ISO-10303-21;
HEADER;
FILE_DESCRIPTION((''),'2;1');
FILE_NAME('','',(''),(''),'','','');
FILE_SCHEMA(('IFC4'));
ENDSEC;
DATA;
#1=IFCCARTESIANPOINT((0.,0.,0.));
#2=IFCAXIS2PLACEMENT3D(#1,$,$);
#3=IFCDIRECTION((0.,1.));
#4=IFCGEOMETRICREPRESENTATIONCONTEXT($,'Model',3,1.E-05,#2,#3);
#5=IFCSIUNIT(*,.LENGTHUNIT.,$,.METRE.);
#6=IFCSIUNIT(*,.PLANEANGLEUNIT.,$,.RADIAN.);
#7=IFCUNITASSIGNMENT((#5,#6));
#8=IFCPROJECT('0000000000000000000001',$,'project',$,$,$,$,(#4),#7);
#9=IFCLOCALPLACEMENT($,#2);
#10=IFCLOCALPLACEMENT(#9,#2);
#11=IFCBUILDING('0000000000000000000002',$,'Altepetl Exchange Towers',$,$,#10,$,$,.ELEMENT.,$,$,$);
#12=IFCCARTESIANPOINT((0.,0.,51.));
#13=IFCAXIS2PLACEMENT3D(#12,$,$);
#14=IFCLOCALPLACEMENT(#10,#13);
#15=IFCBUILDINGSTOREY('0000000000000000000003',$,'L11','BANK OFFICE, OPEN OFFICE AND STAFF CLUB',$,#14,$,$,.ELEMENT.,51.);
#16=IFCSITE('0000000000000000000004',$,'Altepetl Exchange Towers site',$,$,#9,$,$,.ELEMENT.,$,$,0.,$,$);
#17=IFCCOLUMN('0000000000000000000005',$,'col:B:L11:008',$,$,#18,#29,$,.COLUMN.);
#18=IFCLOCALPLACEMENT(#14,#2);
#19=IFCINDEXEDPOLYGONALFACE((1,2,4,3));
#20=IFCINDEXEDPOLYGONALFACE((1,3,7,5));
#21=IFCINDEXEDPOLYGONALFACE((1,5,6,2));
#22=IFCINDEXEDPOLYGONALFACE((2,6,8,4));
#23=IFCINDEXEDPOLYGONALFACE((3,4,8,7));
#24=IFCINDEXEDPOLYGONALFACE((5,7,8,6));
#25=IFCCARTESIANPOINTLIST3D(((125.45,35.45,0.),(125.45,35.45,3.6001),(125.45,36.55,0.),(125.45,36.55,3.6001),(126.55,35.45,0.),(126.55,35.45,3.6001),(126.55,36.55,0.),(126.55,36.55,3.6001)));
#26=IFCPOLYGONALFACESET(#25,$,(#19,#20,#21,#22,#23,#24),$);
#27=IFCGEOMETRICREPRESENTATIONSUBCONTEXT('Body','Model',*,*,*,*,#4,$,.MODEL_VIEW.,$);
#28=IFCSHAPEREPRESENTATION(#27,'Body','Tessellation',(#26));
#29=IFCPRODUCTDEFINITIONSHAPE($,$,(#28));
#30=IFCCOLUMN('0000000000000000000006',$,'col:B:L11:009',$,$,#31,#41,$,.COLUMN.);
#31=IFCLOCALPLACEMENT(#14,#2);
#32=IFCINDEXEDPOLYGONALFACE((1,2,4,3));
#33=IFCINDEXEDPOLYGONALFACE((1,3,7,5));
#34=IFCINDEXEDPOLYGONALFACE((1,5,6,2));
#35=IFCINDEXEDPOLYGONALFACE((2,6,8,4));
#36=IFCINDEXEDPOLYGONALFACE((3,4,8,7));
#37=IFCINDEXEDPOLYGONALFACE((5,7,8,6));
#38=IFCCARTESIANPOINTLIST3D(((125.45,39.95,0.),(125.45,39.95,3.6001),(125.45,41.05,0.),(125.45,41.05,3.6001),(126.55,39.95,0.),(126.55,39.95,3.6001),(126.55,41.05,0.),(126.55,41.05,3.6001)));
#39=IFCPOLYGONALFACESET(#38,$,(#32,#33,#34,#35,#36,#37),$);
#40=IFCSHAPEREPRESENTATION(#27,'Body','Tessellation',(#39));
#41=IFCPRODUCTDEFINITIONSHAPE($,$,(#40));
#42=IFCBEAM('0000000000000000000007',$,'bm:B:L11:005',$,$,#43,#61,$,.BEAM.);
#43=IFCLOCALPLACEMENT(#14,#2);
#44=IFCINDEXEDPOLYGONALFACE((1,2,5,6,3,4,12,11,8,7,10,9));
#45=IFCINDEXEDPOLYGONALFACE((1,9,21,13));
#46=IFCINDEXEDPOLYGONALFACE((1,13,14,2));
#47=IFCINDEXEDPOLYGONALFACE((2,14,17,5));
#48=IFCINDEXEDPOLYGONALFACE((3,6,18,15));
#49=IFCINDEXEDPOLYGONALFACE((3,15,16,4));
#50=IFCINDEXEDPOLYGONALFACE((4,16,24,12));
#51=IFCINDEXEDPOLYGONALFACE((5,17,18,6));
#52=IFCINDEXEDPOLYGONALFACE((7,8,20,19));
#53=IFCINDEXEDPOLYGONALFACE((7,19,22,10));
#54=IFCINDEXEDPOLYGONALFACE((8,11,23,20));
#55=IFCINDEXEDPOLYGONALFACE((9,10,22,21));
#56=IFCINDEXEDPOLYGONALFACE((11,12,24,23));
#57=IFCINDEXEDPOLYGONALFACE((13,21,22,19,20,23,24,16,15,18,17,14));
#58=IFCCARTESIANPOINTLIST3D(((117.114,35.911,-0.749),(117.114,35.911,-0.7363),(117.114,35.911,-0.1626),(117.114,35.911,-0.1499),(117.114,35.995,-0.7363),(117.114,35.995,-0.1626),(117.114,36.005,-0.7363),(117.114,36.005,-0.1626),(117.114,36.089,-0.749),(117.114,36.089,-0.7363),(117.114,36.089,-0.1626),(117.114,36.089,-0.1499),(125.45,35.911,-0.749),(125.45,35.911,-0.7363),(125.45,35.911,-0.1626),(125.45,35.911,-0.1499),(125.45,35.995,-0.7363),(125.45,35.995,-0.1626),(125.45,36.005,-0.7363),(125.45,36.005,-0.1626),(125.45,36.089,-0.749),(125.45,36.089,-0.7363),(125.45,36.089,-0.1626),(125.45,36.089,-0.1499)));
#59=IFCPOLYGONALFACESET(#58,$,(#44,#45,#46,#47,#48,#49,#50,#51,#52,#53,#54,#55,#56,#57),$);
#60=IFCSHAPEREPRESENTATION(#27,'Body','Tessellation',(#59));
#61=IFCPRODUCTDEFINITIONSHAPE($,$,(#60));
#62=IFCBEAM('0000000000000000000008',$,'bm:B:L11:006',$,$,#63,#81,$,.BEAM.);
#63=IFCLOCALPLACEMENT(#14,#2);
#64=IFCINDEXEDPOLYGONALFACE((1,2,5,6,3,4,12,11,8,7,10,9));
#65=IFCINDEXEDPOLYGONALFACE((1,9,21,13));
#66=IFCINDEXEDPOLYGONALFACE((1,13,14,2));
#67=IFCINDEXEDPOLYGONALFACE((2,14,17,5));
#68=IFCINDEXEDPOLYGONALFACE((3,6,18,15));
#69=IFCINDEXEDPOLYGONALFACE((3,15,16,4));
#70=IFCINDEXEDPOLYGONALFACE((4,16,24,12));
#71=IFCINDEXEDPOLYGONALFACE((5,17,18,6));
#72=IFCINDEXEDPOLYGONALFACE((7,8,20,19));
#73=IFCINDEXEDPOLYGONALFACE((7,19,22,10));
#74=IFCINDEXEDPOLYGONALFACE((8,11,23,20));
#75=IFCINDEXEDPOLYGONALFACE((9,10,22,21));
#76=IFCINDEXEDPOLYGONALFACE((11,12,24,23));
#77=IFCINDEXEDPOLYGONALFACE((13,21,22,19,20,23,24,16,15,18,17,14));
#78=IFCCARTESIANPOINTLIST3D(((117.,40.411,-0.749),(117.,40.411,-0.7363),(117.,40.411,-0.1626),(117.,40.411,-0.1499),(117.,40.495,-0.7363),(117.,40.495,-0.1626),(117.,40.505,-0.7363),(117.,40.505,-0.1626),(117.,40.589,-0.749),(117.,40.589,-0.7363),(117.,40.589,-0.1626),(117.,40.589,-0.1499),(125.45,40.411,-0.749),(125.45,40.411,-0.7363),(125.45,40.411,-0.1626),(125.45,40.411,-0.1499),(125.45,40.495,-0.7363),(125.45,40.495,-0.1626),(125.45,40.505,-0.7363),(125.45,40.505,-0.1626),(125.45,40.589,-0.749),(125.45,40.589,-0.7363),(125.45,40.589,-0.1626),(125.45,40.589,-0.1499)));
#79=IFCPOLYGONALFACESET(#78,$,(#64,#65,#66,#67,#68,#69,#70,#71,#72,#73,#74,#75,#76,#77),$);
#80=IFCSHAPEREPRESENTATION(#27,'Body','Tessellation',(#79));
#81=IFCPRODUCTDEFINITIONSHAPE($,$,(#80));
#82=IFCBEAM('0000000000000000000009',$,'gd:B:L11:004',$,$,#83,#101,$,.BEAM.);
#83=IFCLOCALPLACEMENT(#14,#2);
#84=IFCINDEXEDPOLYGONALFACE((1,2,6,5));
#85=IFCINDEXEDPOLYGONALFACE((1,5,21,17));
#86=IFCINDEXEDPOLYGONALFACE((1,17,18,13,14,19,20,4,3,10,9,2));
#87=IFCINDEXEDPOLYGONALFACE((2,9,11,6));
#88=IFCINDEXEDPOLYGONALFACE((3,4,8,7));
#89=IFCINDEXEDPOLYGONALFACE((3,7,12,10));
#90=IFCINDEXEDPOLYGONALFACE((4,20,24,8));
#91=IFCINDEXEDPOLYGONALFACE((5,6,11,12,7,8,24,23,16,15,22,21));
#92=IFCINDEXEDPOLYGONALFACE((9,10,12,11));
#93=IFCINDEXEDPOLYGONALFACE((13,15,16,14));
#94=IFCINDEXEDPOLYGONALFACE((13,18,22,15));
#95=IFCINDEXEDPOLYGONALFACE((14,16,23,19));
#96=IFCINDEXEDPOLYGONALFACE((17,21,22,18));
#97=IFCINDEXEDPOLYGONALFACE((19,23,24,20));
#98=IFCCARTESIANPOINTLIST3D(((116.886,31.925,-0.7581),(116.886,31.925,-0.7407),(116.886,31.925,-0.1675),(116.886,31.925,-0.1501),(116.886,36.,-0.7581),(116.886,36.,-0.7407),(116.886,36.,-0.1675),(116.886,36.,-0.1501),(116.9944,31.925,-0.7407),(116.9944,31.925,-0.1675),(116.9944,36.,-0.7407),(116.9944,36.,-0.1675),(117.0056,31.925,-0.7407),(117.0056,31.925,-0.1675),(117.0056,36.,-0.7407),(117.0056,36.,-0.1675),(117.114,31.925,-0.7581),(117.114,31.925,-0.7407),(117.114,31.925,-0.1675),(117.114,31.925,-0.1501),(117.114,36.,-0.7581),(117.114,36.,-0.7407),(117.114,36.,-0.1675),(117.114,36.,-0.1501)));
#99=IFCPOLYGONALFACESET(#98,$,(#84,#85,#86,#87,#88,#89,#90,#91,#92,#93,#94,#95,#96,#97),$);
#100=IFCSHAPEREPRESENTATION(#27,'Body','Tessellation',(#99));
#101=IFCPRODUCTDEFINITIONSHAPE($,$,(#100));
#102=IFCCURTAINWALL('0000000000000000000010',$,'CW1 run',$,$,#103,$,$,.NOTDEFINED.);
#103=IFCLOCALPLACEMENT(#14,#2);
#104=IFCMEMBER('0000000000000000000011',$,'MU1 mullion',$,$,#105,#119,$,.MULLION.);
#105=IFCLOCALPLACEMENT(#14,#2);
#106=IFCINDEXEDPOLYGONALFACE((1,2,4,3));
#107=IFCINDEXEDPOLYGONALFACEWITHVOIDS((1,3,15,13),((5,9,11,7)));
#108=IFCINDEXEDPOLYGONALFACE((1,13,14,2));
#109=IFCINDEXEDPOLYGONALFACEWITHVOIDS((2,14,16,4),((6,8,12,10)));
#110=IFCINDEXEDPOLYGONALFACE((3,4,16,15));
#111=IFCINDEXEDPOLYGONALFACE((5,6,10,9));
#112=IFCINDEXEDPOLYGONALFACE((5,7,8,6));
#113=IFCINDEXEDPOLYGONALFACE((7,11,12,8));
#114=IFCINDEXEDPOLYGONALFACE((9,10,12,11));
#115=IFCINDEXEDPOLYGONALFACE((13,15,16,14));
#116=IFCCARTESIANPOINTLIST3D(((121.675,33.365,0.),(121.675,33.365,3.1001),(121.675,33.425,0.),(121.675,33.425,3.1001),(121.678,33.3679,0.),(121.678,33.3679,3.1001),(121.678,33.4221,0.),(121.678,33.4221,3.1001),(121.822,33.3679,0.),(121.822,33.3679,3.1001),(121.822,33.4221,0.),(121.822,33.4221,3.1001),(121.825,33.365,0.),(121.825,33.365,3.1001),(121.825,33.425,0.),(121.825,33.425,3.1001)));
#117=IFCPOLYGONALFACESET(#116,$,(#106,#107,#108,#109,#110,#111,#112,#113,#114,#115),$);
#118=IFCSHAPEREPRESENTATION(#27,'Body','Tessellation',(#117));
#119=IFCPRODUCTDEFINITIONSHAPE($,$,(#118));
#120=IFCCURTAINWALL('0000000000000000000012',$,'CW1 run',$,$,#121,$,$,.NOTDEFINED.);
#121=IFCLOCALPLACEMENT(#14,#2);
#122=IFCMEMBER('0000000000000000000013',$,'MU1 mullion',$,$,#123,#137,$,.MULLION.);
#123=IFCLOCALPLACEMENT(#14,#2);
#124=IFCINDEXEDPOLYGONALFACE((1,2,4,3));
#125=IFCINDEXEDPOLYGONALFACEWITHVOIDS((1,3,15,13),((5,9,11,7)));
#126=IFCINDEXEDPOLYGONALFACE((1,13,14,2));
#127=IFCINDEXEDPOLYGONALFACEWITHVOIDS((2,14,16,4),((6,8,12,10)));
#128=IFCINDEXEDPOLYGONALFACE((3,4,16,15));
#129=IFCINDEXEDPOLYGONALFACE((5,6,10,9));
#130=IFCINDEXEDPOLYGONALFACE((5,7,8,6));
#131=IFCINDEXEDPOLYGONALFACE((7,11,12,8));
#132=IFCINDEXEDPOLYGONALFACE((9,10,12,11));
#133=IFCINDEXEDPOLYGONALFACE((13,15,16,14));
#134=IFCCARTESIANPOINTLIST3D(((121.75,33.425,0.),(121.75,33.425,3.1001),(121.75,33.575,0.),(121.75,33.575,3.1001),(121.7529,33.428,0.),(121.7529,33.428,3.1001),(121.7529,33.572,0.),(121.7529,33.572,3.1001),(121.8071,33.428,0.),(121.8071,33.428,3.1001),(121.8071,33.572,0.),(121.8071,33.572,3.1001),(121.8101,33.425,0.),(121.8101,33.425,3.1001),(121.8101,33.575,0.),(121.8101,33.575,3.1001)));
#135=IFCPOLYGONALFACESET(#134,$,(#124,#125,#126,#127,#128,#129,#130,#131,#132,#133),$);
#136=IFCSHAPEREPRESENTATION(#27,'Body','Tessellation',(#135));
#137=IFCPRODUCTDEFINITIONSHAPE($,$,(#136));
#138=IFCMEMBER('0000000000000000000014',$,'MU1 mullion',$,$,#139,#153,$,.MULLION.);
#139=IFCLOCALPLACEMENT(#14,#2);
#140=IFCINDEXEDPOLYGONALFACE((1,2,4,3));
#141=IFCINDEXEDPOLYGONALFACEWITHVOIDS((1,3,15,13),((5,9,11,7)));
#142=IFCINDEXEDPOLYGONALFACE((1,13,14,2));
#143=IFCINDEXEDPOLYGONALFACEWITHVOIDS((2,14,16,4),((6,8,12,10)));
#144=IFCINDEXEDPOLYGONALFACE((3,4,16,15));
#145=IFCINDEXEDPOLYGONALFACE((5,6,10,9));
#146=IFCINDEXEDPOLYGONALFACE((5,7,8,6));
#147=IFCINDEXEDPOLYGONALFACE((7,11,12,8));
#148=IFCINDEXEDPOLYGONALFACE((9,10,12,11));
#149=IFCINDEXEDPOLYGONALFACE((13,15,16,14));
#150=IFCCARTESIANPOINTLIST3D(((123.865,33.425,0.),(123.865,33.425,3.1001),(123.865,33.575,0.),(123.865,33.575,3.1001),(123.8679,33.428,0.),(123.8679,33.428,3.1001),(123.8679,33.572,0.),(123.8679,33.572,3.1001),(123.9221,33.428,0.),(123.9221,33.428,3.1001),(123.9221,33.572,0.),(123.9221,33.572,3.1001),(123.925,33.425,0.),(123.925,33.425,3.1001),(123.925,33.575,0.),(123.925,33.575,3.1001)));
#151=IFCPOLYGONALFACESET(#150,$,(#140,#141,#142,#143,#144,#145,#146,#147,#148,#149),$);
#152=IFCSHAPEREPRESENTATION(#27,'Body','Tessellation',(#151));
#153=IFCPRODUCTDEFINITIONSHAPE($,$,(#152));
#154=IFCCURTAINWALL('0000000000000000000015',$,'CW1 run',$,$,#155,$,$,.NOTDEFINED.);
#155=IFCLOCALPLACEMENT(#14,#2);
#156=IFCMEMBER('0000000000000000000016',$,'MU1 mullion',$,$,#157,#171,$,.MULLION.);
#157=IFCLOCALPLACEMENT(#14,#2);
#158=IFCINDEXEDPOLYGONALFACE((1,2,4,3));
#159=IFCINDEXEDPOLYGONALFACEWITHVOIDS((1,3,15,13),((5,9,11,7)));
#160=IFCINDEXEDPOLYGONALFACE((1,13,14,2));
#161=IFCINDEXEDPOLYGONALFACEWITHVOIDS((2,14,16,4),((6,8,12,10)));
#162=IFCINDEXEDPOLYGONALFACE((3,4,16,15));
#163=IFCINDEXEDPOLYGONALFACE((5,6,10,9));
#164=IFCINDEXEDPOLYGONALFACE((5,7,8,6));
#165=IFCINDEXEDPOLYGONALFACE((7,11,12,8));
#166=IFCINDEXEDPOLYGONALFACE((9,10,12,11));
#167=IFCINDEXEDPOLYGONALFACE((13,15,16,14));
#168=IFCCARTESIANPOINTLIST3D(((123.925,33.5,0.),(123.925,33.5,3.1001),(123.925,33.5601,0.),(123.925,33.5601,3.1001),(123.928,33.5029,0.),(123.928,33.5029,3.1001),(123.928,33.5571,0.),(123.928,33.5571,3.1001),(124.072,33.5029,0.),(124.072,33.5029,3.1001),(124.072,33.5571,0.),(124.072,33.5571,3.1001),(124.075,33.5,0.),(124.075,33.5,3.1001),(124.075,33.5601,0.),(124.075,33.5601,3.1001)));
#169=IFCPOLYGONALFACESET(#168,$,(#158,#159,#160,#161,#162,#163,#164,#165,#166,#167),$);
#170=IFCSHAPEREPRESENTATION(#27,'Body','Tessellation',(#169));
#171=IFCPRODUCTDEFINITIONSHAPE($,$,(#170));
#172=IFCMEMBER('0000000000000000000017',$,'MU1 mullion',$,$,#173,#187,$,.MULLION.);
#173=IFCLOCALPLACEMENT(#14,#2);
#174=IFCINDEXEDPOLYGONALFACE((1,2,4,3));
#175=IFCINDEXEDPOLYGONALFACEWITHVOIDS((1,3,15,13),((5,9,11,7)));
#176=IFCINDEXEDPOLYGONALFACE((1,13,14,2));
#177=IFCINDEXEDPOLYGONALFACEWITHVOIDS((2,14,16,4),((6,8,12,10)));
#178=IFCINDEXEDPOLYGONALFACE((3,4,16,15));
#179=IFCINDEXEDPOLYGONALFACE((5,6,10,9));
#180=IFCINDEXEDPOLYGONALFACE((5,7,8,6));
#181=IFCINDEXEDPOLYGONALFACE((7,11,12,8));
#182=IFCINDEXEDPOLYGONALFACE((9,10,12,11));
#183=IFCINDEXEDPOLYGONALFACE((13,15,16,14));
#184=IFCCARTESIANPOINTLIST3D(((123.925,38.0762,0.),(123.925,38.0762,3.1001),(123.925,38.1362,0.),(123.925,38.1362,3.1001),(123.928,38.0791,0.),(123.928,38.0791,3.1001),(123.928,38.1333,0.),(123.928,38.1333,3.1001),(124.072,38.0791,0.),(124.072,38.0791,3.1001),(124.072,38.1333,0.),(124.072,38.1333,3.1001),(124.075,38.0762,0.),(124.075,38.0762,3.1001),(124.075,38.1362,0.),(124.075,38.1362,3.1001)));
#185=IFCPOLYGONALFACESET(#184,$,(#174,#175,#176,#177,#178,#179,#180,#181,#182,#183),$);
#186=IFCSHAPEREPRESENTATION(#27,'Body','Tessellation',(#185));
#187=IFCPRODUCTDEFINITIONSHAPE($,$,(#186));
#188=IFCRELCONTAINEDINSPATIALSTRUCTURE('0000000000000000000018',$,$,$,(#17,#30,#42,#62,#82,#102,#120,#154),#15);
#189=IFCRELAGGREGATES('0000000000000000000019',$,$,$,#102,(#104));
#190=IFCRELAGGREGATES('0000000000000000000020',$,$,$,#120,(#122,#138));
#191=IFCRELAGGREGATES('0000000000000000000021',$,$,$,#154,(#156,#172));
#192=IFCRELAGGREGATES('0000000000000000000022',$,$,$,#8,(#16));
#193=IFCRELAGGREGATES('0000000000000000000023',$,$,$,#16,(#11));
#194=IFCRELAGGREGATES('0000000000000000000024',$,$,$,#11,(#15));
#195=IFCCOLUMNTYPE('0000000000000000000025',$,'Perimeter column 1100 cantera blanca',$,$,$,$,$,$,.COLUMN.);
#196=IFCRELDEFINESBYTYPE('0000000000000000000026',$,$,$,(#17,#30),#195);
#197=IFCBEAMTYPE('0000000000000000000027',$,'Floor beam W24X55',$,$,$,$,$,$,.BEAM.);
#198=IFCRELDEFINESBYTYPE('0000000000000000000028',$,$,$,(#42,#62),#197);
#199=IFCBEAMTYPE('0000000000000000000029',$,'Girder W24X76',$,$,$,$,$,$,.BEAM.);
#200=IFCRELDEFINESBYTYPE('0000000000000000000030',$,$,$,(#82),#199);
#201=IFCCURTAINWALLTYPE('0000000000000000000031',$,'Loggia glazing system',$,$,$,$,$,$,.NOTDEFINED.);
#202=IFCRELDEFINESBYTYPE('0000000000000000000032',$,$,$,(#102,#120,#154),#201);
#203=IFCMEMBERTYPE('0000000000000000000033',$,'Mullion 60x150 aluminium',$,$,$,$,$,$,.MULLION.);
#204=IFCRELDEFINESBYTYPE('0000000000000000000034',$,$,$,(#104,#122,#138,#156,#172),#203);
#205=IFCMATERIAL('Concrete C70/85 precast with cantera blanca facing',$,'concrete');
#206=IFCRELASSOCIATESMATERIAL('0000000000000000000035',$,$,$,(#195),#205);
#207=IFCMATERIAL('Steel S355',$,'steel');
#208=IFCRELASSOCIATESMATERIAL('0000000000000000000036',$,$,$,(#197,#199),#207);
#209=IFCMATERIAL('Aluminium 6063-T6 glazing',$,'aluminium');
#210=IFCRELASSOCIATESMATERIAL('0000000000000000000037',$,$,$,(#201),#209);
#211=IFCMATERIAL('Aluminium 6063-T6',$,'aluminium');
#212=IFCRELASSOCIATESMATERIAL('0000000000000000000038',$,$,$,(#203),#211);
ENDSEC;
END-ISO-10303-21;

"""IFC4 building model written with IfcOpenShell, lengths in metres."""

from ifc_helpers import new_model, si_unit, direction, frame, origin, origin_2d, place, context, subcontext, project, spatial, rectangle, hollow_rectangle, i_section, extrude, material, material_profile, profile_set, type_object, element, aggregate, save


model = new_model("IFC4")

# Units and contexts
model_context = context("Model", 3, precision=1e-05, world=origin(), true_north=direction((0.0, 1.0)))
body_context = subcontext(model_context, "Body", "Model", "MODEL_VIEW")
ifc_project = project(units=[si_unit("LENGTHUNIT", "METRE"), si_unit("PLANEANGLEUNIT", "RADIAN")], contexts=[model_context])

# Site, building, storey
site_placement = place(None, origin())
site = spatial("IfcSite", under=ifc_project, at=site_placement, Name="Altepetl Exchange Towers site", CompositionType="ELEMENT", RefElevation=0.0)
building_placement = place(site_placement, origin())
building = spatial("IfcBuilding", under=site, at=building_placement, Name="Altepetl Exchange Towers", CompositionType="ELEMENT")
storey_placement = place(building_placement, frame((0.0, 0.0, 51.0)))
storey = spatial("IfcBuildingStorey", under=building, at=storey_placement, Name="L11", Description="BANK OFFICE, OPEN OFFICE AND STAFF CLUB", CompositionType="ELEMENT", Elevation=51.0)

# Columns
ifc_material_1 = material(Name="Concrete C70/85 precast with cantera blanca facing", Category="concrete")
ifc_material_profile_1 = material_profile(ifc_material_1, rectangle(XDim=1.1001, YDim=1.1001, at=origin_2d()), Name="1100 x 1100")
ifc_profile_set_1 = profile_set([ifc_material_profile_1], Name="Concrete C70/85 precast with cantera blanca facing")
column_type = type_object("IfcColumnType", Name="Perimeter column 1100 cantera blanca", PredefinedType="COLUMN", material=ifc_profile_set_1)
for number, where, name in (
    (1, (126.0, 36.0, 0.0), "col:B:L11:008"),
    (2, (126.0, 40.5, 0.0), "col:B:L11:009"),
):
    element("IfcColumn", number, at=place(storey_placement, frame(where)), inside=storey, type_object=column_type, Name=name, PredefinedType="COLUMN", context=body_context, shape_type="SweptSolid", body=[
        extrude(rectangle(XDim=1.1001, YDim=1.1001, at=origin_2d()), origin(), (0.0, 0.0, 1.0), 3.6001),
    ])

# Beams
ifc_material_2 = material(Name="Steel S355", Category="steel")
ifc_material_profile_2 = material_profile(ifc_material_2, i_section(OverallWidth=0.178, OverallDepth=0.5991, WebThickness=0.01, FlangeThickness=0.0127, at=origin_2d()), Name="W24X55")
ifc_profile_set_2 = profile_set([ifc_material_profile_2], Name="Steel S355")
beam_type_1 = type_object("IfcBeamType", Name="Floor beam W24X55", PredefinedType="BEAM", material=ifc_profile_set_2)
beam_1_placement = place(storey_placement, frame((117.114, 36.0, -0.4495), z_axis=(1.0, 0.0, 0.0), x_axis=(0.0, 1.0, 0.0)))
element("IfcBeam", 3, at=beam_1_placement, inside=storey, type_object=beam_type_1, Name="bm:B:L11:005", PredefinedType="BEAM", context=body_context, shape_type="SweptSolid", body=[
    extrude(i_section(OverallWidth=0.178, OverallDepth=0.5991, WebThickness=0.01, FlangeThickness=0.0127, at=origin_2d()), origin(), (0.0, 0.0, 1.0), 8.3359),
])
beam_2_placement = place(storey_placement, frame((117.0, 40.5, -0.4495), z_axis=(1.0, 0.0, 0.0), x_axis=(0.0, 1.0, 0.0)))
element("IfcBeam", 4, at=beam_2_placement, inside=storey, type_object=beam_type_1, Name="bm:B:L11:006", PredefinedType="BEAM", context=body_context, shape_type="SweptSolid", body=[
    extrude(i_section(OverallWidth=0.178, OverallDepth=0.5991, WebThickness=0.01, FlangeThickness=0.0127, at=origin_2d()), origin(), (0.0, 0.0, 1.0), 8.45),
])
ifc_material_profile_3 = material_profile(ifc_material_2, i_section(OverallWidth=0.228, OverallDepth=0.6079, WebThickness=0.0112, FlangeThickness=0.0173, at=origin_2d()), Name="W24X76")
ifc_profile_set_3 = profile_set([ifc_material_profile_3], Name="Steel S355")
beam_type_2 = type_object("IfcBeamType", Name="Girder W24X76", PredefinedType="BEAM", material=ifc_profile_set_3)
beam_3_placement = place(storey_placement, frame((117.0, 36.0, -0.4541), z_axis=(0.0, -1.0, 0.0), x_axis=(1.0, 0.0, 0.0)))
element("IfcBeam", 5, at=beam_3_placement, inside=storey, type_object=beam_type_2, Name="gd:B:L11:004", PredefinedType="BEAM", context=body_context, shape_type="SweptSolid", body=[
    extrude(i_section(OverallWidth=0.228, OverallDepth=0.6079, WebThickness=0.0112, FlangeThickness=0.0173, at=origin_2d()), origin(), (0.0, 0.0, 1.0), 4.075),
])

# Curtain wall, member
ifc_material_3 = material(Name="Aluminium 6063-T6 glazing", Category="aluminium")
curtain_wall_type = type_object("IfcCurtainWallType", Name="Loggia glazing system", PredefinedType="NOTDEFINED", material=ifc_material_3)
curtain_wall_1_placement = place(storey_placement, origin())
curtain_wall_1 = element("IfcCurtainWall", 6, at=curtain_wall_1_placement, inside=storey, type_object=curtain_wall_type, Name="CW1 run", PredefinedType="NOTDEFINED")
ifc_material_4 = material(Name="Aluminium 6063-T6", Category="aluminium")
ifc_material_profile_4 = material_profile(ifc_material_4, hollow_rectangle(XDim=0.0601, YDim=0.1499, WallThickness=0.0029, at=origin_2d()), Name="Mullion 60x150 aluminium")
ifc_profile_set_4 = profile_set([ifc_material_profile_4], Name="Aluminium 6063-T6")
member_type = type_object("IfcMemberType", Name="Mullion 60x150 aluminium", PredefinedType="MULLION", material=ifc_profile_set_4)
member_1_placement = place(storey_placement, frame((121.75, 33.395, 0.0), z_axis=(0.0, 0.0, 1.0), x_axis=(0.0, 1.0, 0.0)))
member_1 = element("IfcMember", 7, at=member_1_placement, type_object=member_type, Name="MU1 mullion", PredefinedType="MULLION", context=body_context, shape_type="SweptSolid", body=[
    extrude(hollow_rectangle(XDim=0.0601, YDim=0.1499, WallThickness=0.0029, at=origin_2d()), origin(), (0.0, 0.0, 1.0), 3.1001),
])

# Curtain walls, members
curtain_wall_2_placement = place(storey_placement, origin())
curtain_wall_2 = element("IfcCurtainWall", 8, at=curtain_wall_2_placement, inside=storey, type_object=curtain_wall_type, Name="CW1 run", PredefinedType="NOTDEFINED")
member_2_placement = place(storey_placement, frame((121.78, 33.5, 0.0)))
member_2 = element("IfcMember", 9, at=member_2_placement, type_object=member_type, Name="MU1 mullion", PredefinedType="MULLION", context=body_context, shape_type="SweptSolid", body=[
    extrude(hollow_rectangle(XDim=0.0601, YDim=0.1499, WallThickness=0.0029, at=origin_2d()), origin(), (0.0, 0.0, 1.0), 3.1001),
])
member_3_placement = place(storey_placement, frame((123.895, 33.5, 0.0)))
member_3 = element("IfcMember", 10, at=member_3_placement, type_object=member_type, Name="MU1 mullion", PredefinedType="MULLION", context=body_context, shape_type="SweptSolid", body=[
    extrude(hollow_rectangle(XDim=0.0601, YDim=0.1499, WallThickness=0.0029, at=origin_2d()), origin(), (0.0, 0.0, 1.0), 3.1001),
])
curtain_wall_3_placement = place(storey_placement, origin())
curtain_wall_3 = element("IfcCurtainWall", 11, at=curtain_wall_3_placement, inside=storey, type_object=curtain_wall_type, Name="CW1 run", PredefinedType="NOTDEFINED")
member_4_placement = place(storey_placement, frame((124.0, 33.53, 0.0), z_axis=(0.0, 0.0, 1.0), x_axis=(0.0, 1.0, 0.0)))
member_4 = element("IfcMember", 12, at=member_4_placement, type_object=member_type, Name="MU1 mullion", PredefinedType="MULLION", context=body_context, shape_type="SweptSolid", body=[
    extrude(hollow_rectangle(XDim=0.0601, YDim=0.1499, WallThickness=0.0029, at=origin_2d()), origin(), (0.0, 0.0, 1.0), 3.1001),
])
member_5_placement = place(storey_placement, frame((124.0, 38.1062, 0.0), z_axis=(0.0, 0.0, 1.0), x_axis=(0.0, 1.0, 0.0)))
member_5 = element("IfcMember", 13, at=member_5_placement, type_object=member_type, Name="MU1 mullion", PredefinedType="MULLION", context=body_context, shape_type="SweptSolid", body=[
    extrude(hollow_rectangle(XDim=0.0601, YDim=0.1499, WallThickness=0.0029, at=origin_2d()), origin(), (0.0, 0.0, 1.0), 3.1001),
])

aggregate(curtain_wall_1, [member_1])
aggregate(curtain_wall_2, [member_2, member_3])
aggregate(curtain_wall_3, [member_4, member_5])

save(model, "model.ifc")
